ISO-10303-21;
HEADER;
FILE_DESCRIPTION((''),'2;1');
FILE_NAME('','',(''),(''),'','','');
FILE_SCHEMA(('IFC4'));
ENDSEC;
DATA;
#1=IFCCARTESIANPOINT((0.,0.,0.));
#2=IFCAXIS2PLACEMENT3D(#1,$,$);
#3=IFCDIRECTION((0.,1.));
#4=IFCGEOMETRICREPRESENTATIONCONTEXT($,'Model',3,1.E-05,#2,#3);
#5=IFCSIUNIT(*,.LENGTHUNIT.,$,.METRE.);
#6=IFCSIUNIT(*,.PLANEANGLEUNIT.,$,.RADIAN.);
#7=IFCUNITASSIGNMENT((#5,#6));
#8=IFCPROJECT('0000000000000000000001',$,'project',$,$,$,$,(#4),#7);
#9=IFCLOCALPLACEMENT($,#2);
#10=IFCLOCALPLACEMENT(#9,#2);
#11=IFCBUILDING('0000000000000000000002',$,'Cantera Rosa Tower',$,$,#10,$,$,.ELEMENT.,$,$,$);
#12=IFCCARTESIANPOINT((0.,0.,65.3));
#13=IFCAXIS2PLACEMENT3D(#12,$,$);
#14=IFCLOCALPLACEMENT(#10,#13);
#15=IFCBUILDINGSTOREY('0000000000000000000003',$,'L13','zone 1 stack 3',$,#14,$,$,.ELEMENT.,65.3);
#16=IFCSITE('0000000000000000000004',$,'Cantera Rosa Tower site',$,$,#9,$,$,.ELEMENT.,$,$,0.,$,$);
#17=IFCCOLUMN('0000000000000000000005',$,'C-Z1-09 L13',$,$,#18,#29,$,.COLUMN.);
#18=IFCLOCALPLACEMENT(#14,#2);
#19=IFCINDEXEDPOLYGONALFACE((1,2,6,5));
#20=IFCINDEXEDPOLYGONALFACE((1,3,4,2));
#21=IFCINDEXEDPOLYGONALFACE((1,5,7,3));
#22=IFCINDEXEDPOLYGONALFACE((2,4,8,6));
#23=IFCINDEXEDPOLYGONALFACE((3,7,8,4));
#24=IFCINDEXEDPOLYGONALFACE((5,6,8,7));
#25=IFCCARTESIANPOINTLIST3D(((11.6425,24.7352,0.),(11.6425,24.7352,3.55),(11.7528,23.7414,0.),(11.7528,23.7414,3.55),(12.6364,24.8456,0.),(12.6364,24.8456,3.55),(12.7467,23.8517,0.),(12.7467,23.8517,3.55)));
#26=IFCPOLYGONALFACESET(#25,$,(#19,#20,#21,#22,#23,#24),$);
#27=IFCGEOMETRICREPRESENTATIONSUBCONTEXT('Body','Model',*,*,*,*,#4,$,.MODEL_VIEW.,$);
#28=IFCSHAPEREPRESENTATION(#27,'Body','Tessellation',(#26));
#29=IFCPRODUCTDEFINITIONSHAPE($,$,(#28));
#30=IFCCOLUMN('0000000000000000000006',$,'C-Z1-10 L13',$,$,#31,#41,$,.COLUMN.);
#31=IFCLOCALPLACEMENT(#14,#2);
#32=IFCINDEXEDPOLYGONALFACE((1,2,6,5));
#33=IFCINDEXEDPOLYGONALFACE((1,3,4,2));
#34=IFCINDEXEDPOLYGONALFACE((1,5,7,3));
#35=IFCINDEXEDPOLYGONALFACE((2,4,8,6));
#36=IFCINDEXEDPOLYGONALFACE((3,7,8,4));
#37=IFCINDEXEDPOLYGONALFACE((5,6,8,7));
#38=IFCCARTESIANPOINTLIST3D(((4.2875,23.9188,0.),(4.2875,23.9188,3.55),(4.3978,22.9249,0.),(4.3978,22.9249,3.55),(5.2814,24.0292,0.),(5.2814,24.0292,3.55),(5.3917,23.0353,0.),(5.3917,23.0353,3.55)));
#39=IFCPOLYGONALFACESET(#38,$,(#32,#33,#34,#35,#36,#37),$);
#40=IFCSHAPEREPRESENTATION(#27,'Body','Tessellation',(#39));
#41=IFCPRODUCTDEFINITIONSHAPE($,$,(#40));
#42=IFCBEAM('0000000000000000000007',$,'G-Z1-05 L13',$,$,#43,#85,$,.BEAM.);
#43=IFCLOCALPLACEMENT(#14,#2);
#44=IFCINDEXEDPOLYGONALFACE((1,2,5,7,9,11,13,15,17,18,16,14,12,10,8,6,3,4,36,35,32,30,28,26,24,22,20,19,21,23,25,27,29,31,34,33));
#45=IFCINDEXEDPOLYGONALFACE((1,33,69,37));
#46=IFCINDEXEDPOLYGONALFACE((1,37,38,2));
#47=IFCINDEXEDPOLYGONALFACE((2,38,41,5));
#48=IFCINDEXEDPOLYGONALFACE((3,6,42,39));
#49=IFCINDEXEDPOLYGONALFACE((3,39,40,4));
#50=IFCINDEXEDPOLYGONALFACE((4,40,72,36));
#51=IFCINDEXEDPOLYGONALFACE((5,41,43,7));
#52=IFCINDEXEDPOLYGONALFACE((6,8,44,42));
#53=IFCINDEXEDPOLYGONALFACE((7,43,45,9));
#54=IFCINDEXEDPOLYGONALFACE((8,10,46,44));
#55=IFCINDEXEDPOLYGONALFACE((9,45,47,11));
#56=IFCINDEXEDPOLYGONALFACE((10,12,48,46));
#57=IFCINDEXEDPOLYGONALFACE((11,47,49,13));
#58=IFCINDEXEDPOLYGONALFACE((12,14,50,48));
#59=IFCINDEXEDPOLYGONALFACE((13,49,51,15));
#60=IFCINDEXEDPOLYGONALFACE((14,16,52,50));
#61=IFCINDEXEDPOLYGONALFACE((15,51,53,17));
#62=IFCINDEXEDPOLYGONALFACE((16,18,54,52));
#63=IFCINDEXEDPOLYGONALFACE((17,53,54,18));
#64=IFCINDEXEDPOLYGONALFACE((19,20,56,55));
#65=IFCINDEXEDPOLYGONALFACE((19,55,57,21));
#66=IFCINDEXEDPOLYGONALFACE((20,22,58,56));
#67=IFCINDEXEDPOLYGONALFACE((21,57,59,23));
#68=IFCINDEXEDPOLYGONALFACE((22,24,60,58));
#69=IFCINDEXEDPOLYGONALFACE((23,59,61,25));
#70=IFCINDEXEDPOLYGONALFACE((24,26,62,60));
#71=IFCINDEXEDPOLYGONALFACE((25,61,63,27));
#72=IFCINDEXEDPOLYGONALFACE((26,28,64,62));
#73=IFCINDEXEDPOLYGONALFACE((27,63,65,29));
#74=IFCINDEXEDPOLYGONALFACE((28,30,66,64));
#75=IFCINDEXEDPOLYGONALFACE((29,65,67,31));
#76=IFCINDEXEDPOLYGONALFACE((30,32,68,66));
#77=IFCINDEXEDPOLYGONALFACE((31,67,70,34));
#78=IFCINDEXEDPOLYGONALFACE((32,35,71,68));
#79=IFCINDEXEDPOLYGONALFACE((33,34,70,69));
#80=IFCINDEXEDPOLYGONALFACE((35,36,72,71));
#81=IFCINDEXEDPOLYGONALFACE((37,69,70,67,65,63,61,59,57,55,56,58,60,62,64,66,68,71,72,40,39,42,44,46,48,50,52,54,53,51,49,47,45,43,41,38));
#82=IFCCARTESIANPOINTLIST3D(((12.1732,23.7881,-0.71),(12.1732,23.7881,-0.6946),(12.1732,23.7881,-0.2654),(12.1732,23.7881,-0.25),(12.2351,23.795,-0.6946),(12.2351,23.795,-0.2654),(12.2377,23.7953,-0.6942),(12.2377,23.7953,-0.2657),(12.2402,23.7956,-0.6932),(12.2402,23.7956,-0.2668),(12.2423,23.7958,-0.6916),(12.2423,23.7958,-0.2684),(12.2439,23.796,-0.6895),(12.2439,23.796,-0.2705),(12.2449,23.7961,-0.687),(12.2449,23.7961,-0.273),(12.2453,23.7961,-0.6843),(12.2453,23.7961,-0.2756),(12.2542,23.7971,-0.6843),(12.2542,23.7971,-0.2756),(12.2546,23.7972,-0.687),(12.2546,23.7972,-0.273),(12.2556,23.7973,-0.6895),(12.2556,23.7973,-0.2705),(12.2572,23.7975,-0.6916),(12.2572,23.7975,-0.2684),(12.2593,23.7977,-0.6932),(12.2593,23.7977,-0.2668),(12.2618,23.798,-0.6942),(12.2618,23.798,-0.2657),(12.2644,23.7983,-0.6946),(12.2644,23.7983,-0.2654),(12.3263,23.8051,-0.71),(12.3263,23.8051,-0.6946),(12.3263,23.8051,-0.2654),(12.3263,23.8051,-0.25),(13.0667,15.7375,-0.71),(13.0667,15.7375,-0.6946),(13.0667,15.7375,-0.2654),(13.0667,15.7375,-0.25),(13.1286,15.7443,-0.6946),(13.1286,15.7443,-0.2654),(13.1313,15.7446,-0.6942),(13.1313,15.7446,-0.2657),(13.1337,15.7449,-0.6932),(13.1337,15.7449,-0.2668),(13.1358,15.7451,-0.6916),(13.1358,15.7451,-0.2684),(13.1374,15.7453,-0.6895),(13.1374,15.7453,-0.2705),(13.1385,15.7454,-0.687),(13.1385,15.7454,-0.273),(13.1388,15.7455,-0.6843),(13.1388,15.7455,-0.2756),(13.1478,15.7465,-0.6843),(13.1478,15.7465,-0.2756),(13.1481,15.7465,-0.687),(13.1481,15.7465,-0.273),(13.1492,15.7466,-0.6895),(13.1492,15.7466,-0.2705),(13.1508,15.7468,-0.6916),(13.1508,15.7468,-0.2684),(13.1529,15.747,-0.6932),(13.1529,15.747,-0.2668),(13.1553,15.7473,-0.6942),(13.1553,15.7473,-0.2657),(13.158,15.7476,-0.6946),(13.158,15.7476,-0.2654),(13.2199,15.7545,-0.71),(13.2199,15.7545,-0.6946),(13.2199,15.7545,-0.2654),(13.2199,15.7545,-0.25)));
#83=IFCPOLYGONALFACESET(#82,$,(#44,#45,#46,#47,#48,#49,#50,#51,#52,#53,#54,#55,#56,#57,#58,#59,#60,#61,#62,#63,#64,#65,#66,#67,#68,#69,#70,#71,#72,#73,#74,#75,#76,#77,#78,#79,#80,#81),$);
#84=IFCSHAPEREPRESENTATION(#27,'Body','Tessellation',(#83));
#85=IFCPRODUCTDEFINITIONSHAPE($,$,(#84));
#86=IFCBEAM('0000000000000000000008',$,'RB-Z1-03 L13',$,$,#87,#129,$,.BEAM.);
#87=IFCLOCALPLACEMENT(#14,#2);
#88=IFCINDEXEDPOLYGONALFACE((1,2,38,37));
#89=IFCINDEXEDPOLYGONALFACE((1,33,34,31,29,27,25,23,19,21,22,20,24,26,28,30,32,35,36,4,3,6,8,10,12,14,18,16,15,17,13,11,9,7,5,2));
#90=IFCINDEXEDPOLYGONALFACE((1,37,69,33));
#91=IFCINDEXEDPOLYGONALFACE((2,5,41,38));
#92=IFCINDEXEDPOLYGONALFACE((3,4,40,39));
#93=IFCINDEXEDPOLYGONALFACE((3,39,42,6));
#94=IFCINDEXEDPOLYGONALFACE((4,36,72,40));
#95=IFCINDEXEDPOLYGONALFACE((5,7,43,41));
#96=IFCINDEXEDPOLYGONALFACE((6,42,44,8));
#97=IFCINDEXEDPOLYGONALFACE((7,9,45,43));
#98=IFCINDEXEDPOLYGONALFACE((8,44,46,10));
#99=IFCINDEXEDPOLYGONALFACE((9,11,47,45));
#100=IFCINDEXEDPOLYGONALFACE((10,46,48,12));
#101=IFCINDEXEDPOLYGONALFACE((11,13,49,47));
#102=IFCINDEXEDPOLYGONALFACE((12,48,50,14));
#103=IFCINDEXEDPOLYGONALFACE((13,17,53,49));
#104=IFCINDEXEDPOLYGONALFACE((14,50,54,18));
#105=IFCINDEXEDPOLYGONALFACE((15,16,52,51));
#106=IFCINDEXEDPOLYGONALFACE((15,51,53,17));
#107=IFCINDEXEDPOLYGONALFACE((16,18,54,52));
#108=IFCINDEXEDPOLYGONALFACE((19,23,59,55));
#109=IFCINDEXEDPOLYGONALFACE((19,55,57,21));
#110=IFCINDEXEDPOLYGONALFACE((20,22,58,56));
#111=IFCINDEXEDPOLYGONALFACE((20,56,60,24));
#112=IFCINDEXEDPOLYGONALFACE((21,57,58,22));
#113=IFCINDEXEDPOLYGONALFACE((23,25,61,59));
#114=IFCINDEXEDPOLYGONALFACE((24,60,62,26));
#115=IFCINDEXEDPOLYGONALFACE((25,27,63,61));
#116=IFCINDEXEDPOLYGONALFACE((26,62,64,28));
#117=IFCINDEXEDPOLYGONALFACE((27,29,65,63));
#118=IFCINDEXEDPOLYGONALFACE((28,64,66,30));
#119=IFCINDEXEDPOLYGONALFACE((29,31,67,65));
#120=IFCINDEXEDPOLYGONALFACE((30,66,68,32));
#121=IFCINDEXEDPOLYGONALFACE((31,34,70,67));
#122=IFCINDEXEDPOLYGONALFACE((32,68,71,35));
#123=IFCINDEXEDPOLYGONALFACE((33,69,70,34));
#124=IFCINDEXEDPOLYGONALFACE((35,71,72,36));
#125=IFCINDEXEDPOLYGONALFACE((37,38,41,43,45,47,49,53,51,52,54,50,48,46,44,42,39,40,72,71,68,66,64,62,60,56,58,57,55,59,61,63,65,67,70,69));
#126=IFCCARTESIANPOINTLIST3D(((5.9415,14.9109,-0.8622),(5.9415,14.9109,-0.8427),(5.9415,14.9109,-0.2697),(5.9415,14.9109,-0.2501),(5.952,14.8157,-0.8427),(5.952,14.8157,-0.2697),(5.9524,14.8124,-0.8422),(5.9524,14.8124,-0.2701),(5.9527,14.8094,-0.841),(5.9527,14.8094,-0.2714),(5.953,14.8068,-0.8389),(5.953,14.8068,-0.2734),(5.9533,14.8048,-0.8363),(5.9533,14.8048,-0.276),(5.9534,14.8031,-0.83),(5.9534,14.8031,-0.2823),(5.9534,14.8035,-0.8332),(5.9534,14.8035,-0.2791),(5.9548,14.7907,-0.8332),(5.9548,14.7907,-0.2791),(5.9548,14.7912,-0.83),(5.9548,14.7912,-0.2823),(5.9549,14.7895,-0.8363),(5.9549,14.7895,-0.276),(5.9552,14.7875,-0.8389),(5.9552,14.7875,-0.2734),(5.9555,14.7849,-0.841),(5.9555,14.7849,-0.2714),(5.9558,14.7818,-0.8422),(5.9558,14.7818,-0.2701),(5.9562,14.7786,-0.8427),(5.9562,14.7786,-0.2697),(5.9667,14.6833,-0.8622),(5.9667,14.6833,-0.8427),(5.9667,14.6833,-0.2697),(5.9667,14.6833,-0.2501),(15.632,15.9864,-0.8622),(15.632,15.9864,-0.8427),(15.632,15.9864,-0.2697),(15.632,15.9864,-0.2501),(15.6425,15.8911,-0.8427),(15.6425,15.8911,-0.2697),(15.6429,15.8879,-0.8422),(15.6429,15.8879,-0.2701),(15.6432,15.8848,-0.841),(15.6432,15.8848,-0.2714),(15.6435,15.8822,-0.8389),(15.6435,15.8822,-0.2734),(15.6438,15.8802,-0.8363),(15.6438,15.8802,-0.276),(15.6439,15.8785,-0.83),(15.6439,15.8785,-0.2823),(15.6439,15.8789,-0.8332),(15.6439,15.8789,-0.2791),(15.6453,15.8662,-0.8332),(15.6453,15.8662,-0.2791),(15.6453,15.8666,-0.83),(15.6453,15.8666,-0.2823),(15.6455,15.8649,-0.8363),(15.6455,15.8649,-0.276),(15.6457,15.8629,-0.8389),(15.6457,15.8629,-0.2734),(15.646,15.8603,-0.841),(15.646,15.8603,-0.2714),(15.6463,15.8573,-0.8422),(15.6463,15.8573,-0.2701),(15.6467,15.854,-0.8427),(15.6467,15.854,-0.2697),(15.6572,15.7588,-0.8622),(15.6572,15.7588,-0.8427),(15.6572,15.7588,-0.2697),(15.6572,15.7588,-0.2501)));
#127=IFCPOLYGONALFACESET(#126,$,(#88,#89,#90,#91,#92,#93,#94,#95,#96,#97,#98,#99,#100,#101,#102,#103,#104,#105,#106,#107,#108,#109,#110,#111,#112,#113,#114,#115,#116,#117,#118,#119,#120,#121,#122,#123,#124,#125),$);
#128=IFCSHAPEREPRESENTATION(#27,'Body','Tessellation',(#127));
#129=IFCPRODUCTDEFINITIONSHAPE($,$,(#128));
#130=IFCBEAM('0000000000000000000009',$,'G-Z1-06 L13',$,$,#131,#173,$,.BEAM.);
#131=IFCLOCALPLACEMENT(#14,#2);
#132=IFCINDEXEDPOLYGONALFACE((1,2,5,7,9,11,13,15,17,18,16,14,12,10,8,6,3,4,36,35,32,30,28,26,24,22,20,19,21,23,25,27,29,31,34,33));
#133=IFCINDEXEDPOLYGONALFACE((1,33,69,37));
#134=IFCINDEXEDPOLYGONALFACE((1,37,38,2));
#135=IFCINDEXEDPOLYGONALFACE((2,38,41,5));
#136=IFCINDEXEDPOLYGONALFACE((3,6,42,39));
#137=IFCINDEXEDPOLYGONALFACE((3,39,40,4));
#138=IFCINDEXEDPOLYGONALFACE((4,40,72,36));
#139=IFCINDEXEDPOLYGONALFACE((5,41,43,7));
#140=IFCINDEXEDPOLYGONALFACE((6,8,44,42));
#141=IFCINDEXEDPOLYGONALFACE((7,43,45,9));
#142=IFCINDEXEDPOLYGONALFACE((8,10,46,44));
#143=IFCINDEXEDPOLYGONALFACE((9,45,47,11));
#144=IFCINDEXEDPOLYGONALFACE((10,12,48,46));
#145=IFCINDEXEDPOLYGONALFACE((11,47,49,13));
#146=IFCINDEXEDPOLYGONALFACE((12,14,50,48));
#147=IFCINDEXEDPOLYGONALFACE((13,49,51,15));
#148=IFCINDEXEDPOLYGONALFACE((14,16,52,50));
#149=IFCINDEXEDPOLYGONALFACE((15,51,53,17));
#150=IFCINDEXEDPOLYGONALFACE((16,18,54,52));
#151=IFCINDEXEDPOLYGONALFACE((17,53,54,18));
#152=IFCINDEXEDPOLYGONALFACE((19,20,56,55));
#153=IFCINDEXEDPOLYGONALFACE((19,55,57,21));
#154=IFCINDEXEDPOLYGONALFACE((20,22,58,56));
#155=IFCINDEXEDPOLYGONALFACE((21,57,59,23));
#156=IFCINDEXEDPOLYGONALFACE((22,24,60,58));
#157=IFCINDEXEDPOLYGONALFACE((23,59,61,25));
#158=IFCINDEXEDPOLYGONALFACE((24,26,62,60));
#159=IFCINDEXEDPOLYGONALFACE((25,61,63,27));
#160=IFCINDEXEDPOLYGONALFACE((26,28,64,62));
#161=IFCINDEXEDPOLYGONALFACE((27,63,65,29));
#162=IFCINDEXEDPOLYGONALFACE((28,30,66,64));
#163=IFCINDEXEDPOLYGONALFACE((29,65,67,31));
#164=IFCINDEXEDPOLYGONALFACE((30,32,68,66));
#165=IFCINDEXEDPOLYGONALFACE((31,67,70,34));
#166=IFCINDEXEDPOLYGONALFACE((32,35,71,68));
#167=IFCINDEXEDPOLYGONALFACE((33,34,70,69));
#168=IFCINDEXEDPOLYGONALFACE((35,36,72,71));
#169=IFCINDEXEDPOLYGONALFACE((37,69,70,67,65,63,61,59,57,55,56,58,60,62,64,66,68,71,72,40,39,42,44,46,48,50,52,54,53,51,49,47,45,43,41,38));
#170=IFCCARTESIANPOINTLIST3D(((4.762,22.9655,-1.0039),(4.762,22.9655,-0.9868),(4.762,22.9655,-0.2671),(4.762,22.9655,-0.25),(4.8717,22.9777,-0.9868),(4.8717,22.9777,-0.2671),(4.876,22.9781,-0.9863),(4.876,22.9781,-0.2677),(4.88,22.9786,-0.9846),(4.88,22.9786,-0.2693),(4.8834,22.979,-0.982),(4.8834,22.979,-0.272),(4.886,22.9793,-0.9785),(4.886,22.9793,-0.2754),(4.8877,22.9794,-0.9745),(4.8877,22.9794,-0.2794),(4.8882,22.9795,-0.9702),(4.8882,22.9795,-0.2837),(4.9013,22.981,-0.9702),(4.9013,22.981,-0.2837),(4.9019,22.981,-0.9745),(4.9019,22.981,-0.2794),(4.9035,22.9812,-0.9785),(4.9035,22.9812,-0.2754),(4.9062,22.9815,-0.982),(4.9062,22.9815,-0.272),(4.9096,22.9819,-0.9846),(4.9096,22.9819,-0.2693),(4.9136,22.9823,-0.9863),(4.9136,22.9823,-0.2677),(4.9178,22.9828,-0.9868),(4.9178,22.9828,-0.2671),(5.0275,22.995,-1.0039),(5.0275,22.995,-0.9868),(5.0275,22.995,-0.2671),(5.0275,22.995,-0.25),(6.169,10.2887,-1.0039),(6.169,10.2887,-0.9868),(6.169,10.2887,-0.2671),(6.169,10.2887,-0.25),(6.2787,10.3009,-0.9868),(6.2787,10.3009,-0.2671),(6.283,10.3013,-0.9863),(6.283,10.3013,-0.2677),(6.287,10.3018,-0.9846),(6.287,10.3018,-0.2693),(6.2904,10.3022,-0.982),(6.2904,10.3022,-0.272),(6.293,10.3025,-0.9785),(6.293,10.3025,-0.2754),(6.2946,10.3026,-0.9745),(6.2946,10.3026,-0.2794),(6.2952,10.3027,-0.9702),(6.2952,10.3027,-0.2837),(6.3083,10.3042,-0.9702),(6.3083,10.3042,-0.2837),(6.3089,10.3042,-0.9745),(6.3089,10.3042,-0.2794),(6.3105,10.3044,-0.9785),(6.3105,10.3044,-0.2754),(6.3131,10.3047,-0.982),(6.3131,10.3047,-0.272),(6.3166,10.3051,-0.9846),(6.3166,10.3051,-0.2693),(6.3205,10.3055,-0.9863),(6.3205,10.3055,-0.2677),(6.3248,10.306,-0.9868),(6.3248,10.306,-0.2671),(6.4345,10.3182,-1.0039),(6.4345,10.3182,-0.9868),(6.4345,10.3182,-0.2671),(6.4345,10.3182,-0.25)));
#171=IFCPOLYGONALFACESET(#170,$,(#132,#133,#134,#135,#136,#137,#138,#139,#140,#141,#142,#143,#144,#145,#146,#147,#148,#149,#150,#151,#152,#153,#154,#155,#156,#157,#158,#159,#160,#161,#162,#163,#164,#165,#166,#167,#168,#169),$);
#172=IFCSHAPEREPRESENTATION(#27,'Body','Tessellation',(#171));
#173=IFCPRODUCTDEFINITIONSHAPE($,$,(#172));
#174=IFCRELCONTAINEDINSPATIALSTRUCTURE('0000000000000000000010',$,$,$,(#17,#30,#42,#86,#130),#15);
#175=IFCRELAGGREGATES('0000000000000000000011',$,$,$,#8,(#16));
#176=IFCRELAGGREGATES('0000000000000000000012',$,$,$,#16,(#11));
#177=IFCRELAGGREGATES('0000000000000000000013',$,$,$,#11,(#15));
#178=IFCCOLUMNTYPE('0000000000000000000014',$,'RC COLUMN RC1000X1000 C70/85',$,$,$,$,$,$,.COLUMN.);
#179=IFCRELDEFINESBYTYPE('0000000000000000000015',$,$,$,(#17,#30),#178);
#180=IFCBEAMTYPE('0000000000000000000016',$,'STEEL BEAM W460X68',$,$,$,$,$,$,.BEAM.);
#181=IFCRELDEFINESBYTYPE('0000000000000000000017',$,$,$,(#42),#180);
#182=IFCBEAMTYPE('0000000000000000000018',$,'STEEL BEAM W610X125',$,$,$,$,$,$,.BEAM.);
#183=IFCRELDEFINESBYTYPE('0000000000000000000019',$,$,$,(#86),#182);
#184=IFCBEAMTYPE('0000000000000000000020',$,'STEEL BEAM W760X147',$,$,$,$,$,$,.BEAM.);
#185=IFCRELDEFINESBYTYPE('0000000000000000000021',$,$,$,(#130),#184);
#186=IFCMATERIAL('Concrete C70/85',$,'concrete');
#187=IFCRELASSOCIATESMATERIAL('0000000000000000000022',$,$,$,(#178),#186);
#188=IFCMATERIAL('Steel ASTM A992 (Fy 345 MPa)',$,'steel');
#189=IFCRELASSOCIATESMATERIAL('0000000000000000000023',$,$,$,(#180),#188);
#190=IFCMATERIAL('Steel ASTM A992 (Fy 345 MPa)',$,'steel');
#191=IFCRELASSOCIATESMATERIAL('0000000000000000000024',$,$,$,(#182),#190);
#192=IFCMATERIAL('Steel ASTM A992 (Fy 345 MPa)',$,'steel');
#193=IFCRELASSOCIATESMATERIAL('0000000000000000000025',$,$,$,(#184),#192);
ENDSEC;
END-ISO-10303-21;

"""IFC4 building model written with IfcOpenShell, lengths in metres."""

from ifc_helpers import new_model, si_unit, direction, frame, origin, origin_2d, place, context, subcontext, project, spatial, rectangle, i_section, extrude, material, material_profile, profile_set, type_object, element, save


model = new_model("IFC4")

# Units and contexts
model_context = context("Model", 3, precision=1e-05, world=origin(), true_north=direction((0.0, 1.0)))
body_context = subcontext(model_context, "Body", "Model", "MODEL_VIEW")
ifc_project = project(units=[si_unit("LENGTHUNIT", "METRE"), si_unit("PLANEANGLEUNIT", "RADIAN")], contexts=[model_context])

# Site, building, storey
site_placement = place(None, origin())
site = spatial("IfcSite", under=ifc_project, at=site_placement, Name="Cantera Rosa Tower site", CompositionType="ELEMENT", RefElevation=0.0)
building_placement = place(site_placement, origin())
building = spatial("IfcBuilding", under=site, at=building_placement, Name="Cantera Rosa Tower", CompositionType="ELEMENT")
storey_placement = place(building_placement, frame((0.0, 0.0, 65.3)))
storey = spatial("IfcBuildingStorey", under=building, at=storey_placement, Name="L13", Description="zone 1 stack 3", CompositionType="ELEMENT", Elevation=65.3)

# Columns
ifc_material_1 = material(Name="Concrete C70/85", Category="concrete")
ifc_material_profile_1 = material_profile(ifc_material_1, rectangle(XDim=1.0, YDim=1.0, at=origin_2d()), Name="RC COLUMN RC1000X1000 C70/85")
ifc_profile_set_1 = profile_set([ifc_material_profile_1], Name="Concrete C70/85")
column_type = type_object("IfcColumnType", Name="RC COLUMN RC1000X1000 C70/85", PredefinedType="COLUMN", material=ifc_profile_set_1)
for number, where, z_axis, x_axis, name in (
    (1, (12.1946, 24.2935, 0.0), (0.0, 0.0, 1.0), (0.993897, 0.110313, 0.0), "C-Z1-09 L13"),
    (2, (4.8396, 23.4771, 0.0), (0.0, 0.0, 1.0), (0.993897, 0.110313, 0.0), "C-Z1-10 L13"),
):
    element("IfcColumn", number, at=place(storey_placement, frame(where, z_axis=z_axis, x_axis=x_axis)), inside=storey, type_object=column_type, Name=name, PredefinedType="COLUMN", context=body_context, shape_type="SweptSolid", body=[
        extrude(rectangle(XDim=1.0, YDim=1.0, at=origin_2d()), origin(), (0.0, 0.0, 1.0), 3.55),
    ])

# Beams
ifc_material_2 = material(Name="Steel ASTM A992 (Fy 345 MPa)", Category="steel")
ifc_material_profile_2 = material_profile(ifc_material_2, i_section(OverallWidth=0.1541, OverallDepth=0.46, WebThickness=0.009, FlangeThickness=0.0154, FilletRadius=0.0103, at=origin_2d()), Name="W460X68")
ifc_profile_set_2 = profile_set([ifc_material_profile_2], Name="Steel ASTM A992 (Fy 345 MPa)")
beam_type_1 = type_object("IfcBeamType", Name="STEEL BEAM W460X68", PredefinedType="BEAM", material=ifc_profile_set_2)
beam_1_placement = place(storey_placement, frame((12.2498, 23.7966, -0.48), z_axis=(0.110312, -0.993897, 0.0), x_axis=(0.993897, 0.110312, 0.0)))
element("IfcBeam", 3, at=beam_1_placement, inside=storey, type_object=beam_type_1, Name="G-Z1-05 L13", PredefinedType="BEAM", context=body_context, shape_type="SweptSolid", body=[
    extrude(i_section(OverallWidth=0.1541, OverallDepth=0.46, WebThickness=0.009, FlangeThickness=0.0154, FilletRadius=0.0103, at=origin_2d()), origin(), (0.0, 0.0, 1.0), 8.1001),
])
ifc_material_3 = material(Name="Steel ASTM A992 (Fy 345 MPa)", Category="steel")
ifc_material_profile_3 = material_profile(ifc_material_3, i_section(OverallWidth=0.229, OverallDepth=0.6121, WebThickness=0.012, FlangeThickness=0.0195, FilletRadius=0.0127, at=origin_2d()), Name="W610X125")
ifc_profile_set_3 = profile_set([ifc_material_profile_3], Name="Steel ASTM A992 (Fy 345 MPa)")
beam_type_2 = type_object("IfcBeamType", Name="STEEL BEAM W610X125", PredefinedType="BEAM", material=ifc_profile_set_3)
beam_2_placement = place(storey_placement, frame((5.9541, 14.7971, -0.5562), z_axis=(0.993898, 0.110302, 0.0), x_axis=(-0.110302, 0.993898, 0.0)))
element("IfcBeam", 4, at=beam_2_placement, inside=storey, type_object=beam_type_2, Name="RB-Z1-03 L13", PredefinedType="BEAM", context=body_context, shape_type="SweptSolid", body=[
    extrude(i_section(OverallWidth=0.229, OverallDepth=0.6121, WebThickness=0.012, FlangeThickness=0.0195, FilletRadius=0.0127, at=origin_2d()), origin(), (0.0, 0.0, 1.0), 9.75),
])
ifc_material_4 = material(Name="Steel ASTM A992 (Fy 345 MPa)", Category="steel")
ifc_material_profile_4 = material_profile(ifc_material_4, i_section(OverallWidth=0.2671, OverallDepth=0.7539, WebThickness=0.0132, FlangeThickness=0.0171, FilletRadius=0.0166, at=origin_2d()), Name="W760X147")
ifc_profile_set_4 = profile_set([ifc_material_profile_4], Name="Steel ASTM A992 (Fy 345 MPa)")
beam_type_3 = type_object("IfcBeamType", Name="STEEL BEAM W760X147", PredefinedType="BEAM", material=ifc_profile_set_4)
beam_3_placement = place(storey_placement, frame((4.8948, 22.9802, -0.627), z_axis=(0.110312, -0.993897, 0.0), x_axis=(0.993897, 0.110312, 0.0)))
element("IfcBeam", 5, at=beam_3_placement, inside=storey, type_object=beam_type_3, Name="G-Z1-06 L13", PredefinedType="BEAM", context=body_context, shape_type="SweptSolid", body=[
    extrude(i_section(OverallWidth=0.2671, OverallDepth=0.7539, WebThickness=0.0132, FlangeThickness=0.0171, FilletRadius=0.0166, at=origin_2d()), origin(), (0.0, 0.0, 1.0), 12.7546),
])

save(model, "model.ifc")
